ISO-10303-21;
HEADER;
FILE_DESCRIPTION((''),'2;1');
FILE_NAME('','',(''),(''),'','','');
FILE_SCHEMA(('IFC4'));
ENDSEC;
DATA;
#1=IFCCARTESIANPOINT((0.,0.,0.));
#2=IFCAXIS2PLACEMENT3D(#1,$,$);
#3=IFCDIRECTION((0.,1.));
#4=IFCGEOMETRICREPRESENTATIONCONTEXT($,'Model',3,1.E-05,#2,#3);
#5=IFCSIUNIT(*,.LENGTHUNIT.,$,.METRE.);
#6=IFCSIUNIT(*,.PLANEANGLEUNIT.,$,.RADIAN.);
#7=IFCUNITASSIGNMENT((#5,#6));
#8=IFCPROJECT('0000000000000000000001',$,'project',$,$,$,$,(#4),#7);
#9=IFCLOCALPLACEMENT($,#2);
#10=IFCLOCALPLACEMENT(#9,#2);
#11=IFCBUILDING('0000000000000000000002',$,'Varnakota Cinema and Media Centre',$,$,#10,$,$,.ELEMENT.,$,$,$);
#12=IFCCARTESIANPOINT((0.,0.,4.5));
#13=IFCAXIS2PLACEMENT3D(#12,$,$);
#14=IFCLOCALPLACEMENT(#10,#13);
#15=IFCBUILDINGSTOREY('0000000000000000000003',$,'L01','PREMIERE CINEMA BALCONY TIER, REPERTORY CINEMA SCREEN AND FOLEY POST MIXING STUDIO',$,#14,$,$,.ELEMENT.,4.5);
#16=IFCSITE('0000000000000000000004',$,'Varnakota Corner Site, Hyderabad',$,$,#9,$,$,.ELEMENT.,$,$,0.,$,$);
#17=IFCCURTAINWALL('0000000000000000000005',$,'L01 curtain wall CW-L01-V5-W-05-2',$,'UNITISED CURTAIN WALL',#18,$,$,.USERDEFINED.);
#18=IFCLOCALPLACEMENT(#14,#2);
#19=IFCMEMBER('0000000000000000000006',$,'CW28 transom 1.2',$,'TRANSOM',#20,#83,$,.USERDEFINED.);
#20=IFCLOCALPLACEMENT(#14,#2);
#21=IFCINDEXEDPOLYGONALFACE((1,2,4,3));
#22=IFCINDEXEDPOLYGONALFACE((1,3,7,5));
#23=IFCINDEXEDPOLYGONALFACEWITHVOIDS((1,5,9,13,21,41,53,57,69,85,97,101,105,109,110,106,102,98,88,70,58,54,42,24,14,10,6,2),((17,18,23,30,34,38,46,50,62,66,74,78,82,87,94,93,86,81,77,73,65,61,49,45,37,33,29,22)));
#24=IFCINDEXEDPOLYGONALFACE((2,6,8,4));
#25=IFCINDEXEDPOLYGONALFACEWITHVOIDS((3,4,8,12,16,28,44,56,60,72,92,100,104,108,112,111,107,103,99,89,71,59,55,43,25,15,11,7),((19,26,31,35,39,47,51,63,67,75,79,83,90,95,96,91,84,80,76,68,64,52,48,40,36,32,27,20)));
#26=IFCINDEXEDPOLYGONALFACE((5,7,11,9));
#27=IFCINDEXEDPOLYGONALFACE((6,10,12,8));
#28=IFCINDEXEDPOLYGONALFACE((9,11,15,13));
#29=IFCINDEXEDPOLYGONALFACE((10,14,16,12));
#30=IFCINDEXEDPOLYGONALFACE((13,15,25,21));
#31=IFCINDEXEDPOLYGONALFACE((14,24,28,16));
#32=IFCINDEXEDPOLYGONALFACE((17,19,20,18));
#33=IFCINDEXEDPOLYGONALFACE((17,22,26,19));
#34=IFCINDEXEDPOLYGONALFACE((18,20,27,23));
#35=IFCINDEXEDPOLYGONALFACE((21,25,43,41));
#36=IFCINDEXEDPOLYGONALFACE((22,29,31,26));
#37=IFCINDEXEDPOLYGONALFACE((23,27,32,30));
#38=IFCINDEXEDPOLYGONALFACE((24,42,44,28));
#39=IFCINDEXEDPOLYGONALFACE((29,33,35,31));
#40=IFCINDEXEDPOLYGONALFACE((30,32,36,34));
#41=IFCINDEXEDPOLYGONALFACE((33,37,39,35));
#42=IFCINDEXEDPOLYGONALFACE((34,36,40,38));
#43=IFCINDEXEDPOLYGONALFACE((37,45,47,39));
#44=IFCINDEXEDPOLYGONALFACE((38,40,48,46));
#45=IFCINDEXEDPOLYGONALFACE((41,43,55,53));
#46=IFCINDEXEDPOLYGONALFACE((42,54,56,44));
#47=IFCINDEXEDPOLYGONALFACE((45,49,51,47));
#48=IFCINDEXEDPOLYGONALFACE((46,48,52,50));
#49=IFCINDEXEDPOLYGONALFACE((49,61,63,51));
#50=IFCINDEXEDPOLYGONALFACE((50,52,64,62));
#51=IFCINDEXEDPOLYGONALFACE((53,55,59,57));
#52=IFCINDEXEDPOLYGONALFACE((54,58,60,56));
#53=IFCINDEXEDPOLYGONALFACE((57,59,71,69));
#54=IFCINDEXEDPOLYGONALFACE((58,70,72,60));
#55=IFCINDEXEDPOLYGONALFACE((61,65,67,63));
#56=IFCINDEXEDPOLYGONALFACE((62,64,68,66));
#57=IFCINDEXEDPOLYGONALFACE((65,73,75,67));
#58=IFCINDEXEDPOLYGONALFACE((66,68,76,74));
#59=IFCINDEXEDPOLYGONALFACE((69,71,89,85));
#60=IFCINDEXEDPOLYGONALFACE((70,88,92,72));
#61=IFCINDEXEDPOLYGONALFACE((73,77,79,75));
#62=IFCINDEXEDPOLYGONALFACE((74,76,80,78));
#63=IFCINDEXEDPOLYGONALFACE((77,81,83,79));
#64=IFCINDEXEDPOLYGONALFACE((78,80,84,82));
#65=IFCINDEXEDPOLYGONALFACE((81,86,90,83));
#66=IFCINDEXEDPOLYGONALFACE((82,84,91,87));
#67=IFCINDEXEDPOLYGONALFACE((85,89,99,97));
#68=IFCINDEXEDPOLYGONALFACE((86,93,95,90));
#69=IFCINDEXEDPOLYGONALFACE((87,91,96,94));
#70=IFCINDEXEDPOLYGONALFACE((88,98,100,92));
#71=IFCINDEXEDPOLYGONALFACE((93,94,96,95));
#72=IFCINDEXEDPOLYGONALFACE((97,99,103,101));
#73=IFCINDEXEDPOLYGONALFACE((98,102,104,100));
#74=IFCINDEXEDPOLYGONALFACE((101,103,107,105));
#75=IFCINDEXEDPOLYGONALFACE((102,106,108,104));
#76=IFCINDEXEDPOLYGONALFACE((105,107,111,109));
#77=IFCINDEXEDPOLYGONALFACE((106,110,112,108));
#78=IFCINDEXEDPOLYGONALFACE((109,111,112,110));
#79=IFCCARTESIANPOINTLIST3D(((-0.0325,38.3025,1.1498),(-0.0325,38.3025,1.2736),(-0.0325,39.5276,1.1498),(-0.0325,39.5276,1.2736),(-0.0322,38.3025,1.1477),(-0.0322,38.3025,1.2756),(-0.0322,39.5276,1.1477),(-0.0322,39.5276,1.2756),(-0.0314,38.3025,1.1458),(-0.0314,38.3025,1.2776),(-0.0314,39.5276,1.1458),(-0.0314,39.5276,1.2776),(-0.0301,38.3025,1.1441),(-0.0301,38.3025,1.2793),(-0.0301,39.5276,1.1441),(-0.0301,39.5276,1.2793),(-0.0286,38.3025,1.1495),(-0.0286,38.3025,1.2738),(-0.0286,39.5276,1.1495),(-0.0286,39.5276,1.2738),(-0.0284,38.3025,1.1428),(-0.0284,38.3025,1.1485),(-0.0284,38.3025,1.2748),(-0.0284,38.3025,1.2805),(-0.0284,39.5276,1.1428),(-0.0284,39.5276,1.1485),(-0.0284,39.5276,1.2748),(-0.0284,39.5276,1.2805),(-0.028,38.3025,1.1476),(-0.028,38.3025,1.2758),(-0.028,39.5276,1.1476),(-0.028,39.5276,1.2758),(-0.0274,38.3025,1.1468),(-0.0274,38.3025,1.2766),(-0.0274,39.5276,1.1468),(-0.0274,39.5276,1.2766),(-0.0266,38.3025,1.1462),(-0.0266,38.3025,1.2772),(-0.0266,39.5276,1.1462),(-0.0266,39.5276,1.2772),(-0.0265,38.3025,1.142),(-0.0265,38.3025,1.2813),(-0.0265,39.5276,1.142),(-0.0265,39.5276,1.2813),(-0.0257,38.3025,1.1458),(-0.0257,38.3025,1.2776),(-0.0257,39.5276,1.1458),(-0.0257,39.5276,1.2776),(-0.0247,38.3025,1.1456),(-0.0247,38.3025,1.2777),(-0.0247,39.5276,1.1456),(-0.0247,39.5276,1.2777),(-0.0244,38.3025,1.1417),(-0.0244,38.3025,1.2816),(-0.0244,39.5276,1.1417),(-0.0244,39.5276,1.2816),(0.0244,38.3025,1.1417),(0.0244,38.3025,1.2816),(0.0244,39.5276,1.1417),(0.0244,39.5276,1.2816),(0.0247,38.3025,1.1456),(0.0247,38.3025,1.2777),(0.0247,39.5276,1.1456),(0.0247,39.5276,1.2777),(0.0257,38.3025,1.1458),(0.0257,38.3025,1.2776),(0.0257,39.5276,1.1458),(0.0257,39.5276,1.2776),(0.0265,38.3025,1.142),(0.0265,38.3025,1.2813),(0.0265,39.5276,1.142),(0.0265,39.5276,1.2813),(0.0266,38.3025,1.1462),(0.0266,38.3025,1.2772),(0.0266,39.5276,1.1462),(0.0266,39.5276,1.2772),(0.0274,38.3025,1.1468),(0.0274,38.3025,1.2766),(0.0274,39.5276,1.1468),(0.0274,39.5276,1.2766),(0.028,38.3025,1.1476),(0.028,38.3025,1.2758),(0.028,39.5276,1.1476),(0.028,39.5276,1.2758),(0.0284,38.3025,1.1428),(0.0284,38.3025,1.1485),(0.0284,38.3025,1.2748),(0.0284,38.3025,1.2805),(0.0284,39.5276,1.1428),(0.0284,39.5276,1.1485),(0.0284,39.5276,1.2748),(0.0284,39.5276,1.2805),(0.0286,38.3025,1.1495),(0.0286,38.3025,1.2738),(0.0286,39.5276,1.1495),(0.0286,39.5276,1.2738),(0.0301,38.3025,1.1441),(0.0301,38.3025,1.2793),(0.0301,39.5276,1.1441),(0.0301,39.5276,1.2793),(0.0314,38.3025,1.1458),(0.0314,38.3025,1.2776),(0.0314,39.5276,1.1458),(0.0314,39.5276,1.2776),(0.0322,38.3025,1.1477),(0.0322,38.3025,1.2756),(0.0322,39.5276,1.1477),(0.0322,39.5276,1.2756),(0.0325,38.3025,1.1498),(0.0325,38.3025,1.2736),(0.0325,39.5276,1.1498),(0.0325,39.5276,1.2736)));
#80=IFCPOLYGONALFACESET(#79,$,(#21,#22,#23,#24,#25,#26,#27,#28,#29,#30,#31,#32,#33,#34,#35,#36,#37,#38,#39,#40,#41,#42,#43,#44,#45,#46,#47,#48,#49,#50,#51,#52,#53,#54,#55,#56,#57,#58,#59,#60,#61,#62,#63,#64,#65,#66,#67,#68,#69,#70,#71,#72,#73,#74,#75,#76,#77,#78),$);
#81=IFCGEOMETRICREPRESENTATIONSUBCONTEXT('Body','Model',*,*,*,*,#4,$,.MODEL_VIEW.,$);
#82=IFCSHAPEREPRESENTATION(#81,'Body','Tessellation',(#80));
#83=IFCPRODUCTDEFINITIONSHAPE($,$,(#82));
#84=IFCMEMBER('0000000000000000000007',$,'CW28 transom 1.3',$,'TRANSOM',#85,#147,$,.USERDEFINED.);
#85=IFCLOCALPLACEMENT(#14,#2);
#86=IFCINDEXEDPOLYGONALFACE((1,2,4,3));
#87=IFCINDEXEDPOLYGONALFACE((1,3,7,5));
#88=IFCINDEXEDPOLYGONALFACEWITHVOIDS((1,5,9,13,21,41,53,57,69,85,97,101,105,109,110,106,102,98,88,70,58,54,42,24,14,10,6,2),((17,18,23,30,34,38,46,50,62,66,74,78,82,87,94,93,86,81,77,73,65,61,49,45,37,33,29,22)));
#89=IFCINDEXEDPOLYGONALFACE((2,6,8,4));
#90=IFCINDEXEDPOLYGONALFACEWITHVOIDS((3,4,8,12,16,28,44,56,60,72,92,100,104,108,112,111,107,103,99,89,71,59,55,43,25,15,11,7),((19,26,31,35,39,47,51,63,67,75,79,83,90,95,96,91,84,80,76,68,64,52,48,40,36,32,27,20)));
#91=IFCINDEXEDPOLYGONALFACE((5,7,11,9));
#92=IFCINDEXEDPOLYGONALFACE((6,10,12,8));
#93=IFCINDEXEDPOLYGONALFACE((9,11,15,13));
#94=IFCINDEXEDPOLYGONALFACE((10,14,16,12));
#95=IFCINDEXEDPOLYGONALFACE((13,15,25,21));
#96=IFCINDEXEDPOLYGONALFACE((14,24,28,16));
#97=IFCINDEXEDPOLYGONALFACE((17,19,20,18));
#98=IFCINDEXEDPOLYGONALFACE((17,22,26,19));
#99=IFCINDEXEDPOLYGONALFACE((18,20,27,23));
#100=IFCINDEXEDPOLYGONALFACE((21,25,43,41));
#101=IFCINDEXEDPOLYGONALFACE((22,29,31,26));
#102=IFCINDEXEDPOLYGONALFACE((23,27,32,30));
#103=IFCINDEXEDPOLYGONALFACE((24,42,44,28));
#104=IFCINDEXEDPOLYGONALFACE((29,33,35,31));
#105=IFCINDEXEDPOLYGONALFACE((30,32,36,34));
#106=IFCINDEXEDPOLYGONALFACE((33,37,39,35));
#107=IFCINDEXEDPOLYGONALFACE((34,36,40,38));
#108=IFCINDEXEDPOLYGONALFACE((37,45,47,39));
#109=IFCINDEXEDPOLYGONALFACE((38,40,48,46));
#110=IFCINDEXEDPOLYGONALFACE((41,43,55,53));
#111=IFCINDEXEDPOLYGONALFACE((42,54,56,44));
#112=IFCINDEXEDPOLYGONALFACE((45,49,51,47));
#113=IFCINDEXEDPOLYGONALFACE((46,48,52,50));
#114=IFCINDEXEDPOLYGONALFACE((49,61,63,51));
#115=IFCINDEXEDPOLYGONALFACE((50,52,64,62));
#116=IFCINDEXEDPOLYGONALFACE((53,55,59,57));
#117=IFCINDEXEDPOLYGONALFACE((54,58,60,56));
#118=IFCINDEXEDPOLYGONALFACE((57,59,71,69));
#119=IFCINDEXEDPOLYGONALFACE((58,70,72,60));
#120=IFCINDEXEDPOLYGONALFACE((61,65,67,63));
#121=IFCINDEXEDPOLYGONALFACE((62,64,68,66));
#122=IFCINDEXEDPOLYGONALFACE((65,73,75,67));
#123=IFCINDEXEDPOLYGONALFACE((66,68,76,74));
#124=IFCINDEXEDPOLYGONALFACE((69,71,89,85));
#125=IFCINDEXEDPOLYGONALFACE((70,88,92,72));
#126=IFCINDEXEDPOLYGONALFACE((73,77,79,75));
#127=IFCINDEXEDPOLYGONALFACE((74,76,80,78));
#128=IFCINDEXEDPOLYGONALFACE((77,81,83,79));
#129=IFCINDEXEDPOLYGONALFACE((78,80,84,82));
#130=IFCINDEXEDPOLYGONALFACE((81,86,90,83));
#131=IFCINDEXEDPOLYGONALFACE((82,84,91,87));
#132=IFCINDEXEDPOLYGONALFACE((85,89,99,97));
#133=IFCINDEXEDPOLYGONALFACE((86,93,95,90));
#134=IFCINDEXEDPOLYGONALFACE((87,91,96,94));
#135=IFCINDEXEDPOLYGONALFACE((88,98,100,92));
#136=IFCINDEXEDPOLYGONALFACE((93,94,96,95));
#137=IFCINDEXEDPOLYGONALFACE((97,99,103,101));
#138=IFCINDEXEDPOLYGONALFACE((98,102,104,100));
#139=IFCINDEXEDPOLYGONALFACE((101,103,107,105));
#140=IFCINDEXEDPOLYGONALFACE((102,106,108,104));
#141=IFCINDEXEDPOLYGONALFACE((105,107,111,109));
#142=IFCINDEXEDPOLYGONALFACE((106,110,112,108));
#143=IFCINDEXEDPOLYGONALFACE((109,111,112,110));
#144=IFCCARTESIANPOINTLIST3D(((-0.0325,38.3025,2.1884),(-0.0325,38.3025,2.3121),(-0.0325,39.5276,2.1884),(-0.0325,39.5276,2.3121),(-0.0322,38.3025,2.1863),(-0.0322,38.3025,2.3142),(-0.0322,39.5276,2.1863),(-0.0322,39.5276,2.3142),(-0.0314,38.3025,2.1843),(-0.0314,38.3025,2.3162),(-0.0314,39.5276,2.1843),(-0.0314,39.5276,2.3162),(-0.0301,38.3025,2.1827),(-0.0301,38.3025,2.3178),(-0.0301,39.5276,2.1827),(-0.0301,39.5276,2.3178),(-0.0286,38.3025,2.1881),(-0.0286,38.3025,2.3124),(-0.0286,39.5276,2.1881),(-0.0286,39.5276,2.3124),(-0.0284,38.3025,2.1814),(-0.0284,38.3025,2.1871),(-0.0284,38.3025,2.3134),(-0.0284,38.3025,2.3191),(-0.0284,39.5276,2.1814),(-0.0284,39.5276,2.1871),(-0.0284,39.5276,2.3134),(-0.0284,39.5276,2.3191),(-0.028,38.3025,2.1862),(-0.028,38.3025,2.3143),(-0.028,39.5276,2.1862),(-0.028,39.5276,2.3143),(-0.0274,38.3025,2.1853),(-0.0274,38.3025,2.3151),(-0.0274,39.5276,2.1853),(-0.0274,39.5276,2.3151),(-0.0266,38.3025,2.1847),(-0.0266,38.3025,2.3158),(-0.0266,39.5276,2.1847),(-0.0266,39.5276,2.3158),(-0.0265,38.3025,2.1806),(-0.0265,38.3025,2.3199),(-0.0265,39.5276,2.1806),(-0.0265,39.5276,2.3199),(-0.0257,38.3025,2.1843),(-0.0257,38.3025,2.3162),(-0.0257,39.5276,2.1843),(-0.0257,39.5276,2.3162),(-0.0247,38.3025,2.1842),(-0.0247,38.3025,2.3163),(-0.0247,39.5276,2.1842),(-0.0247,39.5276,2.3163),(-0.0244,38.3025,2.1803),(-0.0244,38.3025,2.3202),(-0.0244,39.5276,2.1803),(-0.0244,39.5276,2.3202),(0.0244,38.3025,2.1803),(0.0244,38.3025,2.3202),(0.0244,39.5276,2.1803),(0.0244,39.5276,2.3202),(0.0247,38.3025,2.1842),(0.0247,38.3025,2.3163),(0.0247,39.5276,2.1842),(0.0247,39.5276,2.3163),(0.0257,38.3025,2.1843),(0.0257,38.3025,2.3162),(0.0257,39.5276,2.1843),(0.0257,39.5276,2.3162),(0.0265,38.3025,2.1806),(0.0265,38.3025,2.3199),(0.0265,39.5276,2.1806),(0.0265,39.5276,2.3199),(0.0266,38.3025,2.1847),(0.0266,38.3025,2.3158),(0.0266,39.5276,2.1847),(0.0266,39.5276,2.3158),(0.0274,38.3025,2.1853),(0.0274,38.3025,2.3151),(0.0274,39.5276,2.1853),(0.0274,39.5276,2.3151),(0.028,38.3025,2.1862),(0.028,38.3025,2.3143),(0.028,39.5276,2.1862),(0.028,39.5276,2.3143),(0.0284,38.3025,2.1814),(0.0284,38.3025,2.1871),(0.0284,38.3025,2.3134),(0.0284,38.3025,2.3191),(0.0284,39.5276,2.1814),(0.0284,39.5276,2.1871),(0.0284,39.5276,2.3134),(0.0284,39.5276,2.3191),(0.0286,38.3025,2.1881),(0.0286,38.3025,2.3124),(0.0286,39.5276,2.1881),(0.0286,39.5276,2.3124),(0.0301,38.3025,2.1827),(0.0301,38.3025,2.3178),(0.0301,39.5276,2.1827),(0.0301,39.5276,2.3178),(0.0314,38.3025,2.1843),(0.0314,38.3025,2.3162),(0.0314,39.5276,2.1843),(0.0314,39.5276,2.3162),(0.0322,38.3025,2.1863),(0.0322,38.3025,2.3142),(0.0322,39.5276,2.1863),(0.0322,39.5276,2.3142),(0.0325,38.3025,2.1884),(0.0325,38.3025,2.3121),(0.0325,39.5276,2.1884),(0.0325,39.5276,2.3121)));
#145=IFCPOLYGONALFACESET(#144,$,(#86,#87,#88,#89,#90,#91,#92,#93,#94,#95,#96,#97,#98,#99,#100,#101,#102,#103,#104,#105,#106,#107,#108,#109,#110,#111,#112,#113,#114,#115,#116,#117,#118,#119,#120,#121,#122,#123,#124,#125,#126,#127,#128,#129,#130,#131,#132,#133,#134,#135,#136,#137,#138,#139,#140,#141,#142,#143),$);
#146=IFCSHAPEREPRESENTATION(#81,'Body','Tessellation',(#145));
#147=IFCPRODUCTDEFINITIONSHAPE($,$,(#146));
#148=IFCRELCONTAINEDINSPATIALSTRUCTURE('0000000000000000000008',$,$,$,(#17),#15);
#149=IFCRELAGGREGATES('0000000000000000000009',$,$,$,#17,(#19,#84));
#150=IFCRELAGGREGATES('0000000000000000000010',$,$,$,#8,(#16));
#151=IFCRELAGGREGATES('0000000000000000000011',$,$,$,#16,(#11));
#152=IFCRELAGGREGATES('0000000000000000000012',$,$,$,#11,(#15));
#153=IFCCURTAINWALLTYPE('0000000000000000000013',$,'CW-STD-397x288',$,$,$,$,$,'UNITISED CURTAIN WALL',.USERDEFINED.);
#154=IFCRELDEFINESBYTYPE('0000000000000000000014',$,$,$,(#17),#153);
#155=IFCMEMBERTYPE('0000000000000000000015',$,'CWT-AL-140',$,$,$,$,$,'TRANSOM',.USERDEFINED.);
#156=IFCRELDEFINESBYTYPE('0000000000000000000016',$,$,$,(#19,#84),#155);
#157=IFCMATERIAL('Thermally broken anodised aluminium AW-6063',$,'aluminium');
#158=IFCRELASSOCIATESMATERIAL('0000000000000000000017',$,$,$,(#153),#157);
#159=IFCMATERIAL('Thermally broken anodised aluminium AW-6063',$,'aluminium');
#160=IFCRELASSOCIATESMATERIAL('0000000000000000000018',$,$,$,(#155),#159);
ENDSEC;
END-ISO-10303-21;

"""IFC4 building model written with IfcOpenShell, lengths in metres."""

from ifc_helpers import new_model, si_unit, direction, frame, origin, origin_2d, place, context, subcontext, project, spatial, hollow_rectangle, extrude, material, material_profile, profile_set, type_object, element, aggregate, save


model = new_model("IFC4")

# Units and contexts
model_context = context("Model", 3, precision=1e-05, world=origin(), true_north=direction((0.0, 1.0)))
body_context = subcontext(model_context, "Body", "Model", "MODEL_VIEW")
ifc_project = project(units=[si_unit("LENGTHUNIT", "METRE"), si_unit("PLANEANGLEUNIT", "RADIAN")], contexts=[model_context])

# Site, building, storey
site_placement = place(None, origin())
site = spatial("IfcSite", under=ifc_project, at=site_placement, Name="Varnakota Corner Site, Hyderabad", CompositionType="ELEMENT", RefElevation=0.0)
building_placement = place(site_placement, origin())
building = spatial("IfcBuilding", under=site, at=building_placement, Name="Varnakota Cinema and Media Centre", CompositionType="ELEMENT")
storey_placement = place(building_placement, frame((0.0, 0.0, 4.5)))
storey = spatial("IfcBuildingStorey", under=building, at=storey_placement, Name="L01", Description="PREMIERE CINEMA BALCONY TIER, REPERTORY CINEMA SCREEN AND FOLEY POST MIXING STUDIO", CompositionType="ELEMENT", Elevation=4.5)

# Shared definitions
ifc_material_1 = material(Name="Thermally broken anodised aluminium AW-6063", Category="aluminium")
curtain_wall_type = type_object("IfcCurtainWallType", Name="CW-STD-397x288", ElementType="UNITISED CURTAIN WALL", PredefinedType="USERDEFINED", material=ifc_material_1)

# Curtain wall
curtain_wall_1_placement = place(storey_placement, origin())
curtain_wall_1 = element("IfcCurtainWall", 1, at=curtain_wall_1_placement, inside=storey, type_object=curtain_wall_type, Name="L01 curtain wall CW-L01-V5-W-05-2", ObjectType="UNITISED CURTAIN WALL", PredefinedType="USERDEFINED")

# Members
ifc_material_2 = material(Name="Thermally broken anodised aluminium AW-6063", Category="aluminium")
ifc_material_profile_1 = material_profile(ifc_material_2, hollow_rectangle(XDim=0.0649, YDim=0.1399, WallThickness=0.0039, InnerFilletRadius=0.0039, OuterFilletRadius=0.0081, at=origin_2d()), Name="AL-TRANSOM 140x65x4")
ifc_profile_set_1 = profile_set([ifc_material_profile_1], Name="Thermally broken anodised aluminium AW-6063")
member_type_1 = type_object("IfcMemberType", Name="CWT-AL-140", ElementType="TRANSOM", PredefinedType="USERDEFINED", material=ifc_profile_set_1)
member_1_placement = place(storey_placement, frame((0.0, 39.5276, 1.2117), z_axis=(0.0, -1.0, 0.0), x_axis=(1.0, 0.0, 0.0)))
member_1 = element("IfcMember", 2, at=member_1_placement, type_object=member_type_1, Name="CW28 transom 1.2", ObjectType="TRANSOM", PredefinedType="USERDEFINED", context=body_context, shape_type="SweptSolid", body=[
    extrude(hollow_rectangle(XDim=0.0649, YDim=0.1399, WallThickness=0.0039, InnerFilletRadius=0.0039, OuterFilletRadius=0.0081, at=origin_2d()), origin(), (0.0, 0.0, 1.0), 1.2251),
])
member_2_placement = place(storey_placement, frame((0.0, 39.5276, 2.2502), z_axis=(0.0, -1.0, 0.0), x_axis=(1.0, 0.0, 0.0)))
member_2 = element("IfcMember", 3, at=member_2_placement, type_object=member_type_1, Name="CW28 transom 1.3", ObjectType="TRANSOM", PredefinedType="USERDEFINED", context=body_context, shape_type="SweptSolid", body=[
    extrude(hollow_rectangle(XDim=0.0649, YDim=0.1399, WallThickness=0.0039, InnerFilletRadius=0.0039, OuterFilletRadius=0.0081, at=origin_2d()), origin(), (0.0, 0.0, 1.0), 1.2251),
])

aggregate(curtain_wall_1, [member_1, member_2])

save(model, "model.ifc")
